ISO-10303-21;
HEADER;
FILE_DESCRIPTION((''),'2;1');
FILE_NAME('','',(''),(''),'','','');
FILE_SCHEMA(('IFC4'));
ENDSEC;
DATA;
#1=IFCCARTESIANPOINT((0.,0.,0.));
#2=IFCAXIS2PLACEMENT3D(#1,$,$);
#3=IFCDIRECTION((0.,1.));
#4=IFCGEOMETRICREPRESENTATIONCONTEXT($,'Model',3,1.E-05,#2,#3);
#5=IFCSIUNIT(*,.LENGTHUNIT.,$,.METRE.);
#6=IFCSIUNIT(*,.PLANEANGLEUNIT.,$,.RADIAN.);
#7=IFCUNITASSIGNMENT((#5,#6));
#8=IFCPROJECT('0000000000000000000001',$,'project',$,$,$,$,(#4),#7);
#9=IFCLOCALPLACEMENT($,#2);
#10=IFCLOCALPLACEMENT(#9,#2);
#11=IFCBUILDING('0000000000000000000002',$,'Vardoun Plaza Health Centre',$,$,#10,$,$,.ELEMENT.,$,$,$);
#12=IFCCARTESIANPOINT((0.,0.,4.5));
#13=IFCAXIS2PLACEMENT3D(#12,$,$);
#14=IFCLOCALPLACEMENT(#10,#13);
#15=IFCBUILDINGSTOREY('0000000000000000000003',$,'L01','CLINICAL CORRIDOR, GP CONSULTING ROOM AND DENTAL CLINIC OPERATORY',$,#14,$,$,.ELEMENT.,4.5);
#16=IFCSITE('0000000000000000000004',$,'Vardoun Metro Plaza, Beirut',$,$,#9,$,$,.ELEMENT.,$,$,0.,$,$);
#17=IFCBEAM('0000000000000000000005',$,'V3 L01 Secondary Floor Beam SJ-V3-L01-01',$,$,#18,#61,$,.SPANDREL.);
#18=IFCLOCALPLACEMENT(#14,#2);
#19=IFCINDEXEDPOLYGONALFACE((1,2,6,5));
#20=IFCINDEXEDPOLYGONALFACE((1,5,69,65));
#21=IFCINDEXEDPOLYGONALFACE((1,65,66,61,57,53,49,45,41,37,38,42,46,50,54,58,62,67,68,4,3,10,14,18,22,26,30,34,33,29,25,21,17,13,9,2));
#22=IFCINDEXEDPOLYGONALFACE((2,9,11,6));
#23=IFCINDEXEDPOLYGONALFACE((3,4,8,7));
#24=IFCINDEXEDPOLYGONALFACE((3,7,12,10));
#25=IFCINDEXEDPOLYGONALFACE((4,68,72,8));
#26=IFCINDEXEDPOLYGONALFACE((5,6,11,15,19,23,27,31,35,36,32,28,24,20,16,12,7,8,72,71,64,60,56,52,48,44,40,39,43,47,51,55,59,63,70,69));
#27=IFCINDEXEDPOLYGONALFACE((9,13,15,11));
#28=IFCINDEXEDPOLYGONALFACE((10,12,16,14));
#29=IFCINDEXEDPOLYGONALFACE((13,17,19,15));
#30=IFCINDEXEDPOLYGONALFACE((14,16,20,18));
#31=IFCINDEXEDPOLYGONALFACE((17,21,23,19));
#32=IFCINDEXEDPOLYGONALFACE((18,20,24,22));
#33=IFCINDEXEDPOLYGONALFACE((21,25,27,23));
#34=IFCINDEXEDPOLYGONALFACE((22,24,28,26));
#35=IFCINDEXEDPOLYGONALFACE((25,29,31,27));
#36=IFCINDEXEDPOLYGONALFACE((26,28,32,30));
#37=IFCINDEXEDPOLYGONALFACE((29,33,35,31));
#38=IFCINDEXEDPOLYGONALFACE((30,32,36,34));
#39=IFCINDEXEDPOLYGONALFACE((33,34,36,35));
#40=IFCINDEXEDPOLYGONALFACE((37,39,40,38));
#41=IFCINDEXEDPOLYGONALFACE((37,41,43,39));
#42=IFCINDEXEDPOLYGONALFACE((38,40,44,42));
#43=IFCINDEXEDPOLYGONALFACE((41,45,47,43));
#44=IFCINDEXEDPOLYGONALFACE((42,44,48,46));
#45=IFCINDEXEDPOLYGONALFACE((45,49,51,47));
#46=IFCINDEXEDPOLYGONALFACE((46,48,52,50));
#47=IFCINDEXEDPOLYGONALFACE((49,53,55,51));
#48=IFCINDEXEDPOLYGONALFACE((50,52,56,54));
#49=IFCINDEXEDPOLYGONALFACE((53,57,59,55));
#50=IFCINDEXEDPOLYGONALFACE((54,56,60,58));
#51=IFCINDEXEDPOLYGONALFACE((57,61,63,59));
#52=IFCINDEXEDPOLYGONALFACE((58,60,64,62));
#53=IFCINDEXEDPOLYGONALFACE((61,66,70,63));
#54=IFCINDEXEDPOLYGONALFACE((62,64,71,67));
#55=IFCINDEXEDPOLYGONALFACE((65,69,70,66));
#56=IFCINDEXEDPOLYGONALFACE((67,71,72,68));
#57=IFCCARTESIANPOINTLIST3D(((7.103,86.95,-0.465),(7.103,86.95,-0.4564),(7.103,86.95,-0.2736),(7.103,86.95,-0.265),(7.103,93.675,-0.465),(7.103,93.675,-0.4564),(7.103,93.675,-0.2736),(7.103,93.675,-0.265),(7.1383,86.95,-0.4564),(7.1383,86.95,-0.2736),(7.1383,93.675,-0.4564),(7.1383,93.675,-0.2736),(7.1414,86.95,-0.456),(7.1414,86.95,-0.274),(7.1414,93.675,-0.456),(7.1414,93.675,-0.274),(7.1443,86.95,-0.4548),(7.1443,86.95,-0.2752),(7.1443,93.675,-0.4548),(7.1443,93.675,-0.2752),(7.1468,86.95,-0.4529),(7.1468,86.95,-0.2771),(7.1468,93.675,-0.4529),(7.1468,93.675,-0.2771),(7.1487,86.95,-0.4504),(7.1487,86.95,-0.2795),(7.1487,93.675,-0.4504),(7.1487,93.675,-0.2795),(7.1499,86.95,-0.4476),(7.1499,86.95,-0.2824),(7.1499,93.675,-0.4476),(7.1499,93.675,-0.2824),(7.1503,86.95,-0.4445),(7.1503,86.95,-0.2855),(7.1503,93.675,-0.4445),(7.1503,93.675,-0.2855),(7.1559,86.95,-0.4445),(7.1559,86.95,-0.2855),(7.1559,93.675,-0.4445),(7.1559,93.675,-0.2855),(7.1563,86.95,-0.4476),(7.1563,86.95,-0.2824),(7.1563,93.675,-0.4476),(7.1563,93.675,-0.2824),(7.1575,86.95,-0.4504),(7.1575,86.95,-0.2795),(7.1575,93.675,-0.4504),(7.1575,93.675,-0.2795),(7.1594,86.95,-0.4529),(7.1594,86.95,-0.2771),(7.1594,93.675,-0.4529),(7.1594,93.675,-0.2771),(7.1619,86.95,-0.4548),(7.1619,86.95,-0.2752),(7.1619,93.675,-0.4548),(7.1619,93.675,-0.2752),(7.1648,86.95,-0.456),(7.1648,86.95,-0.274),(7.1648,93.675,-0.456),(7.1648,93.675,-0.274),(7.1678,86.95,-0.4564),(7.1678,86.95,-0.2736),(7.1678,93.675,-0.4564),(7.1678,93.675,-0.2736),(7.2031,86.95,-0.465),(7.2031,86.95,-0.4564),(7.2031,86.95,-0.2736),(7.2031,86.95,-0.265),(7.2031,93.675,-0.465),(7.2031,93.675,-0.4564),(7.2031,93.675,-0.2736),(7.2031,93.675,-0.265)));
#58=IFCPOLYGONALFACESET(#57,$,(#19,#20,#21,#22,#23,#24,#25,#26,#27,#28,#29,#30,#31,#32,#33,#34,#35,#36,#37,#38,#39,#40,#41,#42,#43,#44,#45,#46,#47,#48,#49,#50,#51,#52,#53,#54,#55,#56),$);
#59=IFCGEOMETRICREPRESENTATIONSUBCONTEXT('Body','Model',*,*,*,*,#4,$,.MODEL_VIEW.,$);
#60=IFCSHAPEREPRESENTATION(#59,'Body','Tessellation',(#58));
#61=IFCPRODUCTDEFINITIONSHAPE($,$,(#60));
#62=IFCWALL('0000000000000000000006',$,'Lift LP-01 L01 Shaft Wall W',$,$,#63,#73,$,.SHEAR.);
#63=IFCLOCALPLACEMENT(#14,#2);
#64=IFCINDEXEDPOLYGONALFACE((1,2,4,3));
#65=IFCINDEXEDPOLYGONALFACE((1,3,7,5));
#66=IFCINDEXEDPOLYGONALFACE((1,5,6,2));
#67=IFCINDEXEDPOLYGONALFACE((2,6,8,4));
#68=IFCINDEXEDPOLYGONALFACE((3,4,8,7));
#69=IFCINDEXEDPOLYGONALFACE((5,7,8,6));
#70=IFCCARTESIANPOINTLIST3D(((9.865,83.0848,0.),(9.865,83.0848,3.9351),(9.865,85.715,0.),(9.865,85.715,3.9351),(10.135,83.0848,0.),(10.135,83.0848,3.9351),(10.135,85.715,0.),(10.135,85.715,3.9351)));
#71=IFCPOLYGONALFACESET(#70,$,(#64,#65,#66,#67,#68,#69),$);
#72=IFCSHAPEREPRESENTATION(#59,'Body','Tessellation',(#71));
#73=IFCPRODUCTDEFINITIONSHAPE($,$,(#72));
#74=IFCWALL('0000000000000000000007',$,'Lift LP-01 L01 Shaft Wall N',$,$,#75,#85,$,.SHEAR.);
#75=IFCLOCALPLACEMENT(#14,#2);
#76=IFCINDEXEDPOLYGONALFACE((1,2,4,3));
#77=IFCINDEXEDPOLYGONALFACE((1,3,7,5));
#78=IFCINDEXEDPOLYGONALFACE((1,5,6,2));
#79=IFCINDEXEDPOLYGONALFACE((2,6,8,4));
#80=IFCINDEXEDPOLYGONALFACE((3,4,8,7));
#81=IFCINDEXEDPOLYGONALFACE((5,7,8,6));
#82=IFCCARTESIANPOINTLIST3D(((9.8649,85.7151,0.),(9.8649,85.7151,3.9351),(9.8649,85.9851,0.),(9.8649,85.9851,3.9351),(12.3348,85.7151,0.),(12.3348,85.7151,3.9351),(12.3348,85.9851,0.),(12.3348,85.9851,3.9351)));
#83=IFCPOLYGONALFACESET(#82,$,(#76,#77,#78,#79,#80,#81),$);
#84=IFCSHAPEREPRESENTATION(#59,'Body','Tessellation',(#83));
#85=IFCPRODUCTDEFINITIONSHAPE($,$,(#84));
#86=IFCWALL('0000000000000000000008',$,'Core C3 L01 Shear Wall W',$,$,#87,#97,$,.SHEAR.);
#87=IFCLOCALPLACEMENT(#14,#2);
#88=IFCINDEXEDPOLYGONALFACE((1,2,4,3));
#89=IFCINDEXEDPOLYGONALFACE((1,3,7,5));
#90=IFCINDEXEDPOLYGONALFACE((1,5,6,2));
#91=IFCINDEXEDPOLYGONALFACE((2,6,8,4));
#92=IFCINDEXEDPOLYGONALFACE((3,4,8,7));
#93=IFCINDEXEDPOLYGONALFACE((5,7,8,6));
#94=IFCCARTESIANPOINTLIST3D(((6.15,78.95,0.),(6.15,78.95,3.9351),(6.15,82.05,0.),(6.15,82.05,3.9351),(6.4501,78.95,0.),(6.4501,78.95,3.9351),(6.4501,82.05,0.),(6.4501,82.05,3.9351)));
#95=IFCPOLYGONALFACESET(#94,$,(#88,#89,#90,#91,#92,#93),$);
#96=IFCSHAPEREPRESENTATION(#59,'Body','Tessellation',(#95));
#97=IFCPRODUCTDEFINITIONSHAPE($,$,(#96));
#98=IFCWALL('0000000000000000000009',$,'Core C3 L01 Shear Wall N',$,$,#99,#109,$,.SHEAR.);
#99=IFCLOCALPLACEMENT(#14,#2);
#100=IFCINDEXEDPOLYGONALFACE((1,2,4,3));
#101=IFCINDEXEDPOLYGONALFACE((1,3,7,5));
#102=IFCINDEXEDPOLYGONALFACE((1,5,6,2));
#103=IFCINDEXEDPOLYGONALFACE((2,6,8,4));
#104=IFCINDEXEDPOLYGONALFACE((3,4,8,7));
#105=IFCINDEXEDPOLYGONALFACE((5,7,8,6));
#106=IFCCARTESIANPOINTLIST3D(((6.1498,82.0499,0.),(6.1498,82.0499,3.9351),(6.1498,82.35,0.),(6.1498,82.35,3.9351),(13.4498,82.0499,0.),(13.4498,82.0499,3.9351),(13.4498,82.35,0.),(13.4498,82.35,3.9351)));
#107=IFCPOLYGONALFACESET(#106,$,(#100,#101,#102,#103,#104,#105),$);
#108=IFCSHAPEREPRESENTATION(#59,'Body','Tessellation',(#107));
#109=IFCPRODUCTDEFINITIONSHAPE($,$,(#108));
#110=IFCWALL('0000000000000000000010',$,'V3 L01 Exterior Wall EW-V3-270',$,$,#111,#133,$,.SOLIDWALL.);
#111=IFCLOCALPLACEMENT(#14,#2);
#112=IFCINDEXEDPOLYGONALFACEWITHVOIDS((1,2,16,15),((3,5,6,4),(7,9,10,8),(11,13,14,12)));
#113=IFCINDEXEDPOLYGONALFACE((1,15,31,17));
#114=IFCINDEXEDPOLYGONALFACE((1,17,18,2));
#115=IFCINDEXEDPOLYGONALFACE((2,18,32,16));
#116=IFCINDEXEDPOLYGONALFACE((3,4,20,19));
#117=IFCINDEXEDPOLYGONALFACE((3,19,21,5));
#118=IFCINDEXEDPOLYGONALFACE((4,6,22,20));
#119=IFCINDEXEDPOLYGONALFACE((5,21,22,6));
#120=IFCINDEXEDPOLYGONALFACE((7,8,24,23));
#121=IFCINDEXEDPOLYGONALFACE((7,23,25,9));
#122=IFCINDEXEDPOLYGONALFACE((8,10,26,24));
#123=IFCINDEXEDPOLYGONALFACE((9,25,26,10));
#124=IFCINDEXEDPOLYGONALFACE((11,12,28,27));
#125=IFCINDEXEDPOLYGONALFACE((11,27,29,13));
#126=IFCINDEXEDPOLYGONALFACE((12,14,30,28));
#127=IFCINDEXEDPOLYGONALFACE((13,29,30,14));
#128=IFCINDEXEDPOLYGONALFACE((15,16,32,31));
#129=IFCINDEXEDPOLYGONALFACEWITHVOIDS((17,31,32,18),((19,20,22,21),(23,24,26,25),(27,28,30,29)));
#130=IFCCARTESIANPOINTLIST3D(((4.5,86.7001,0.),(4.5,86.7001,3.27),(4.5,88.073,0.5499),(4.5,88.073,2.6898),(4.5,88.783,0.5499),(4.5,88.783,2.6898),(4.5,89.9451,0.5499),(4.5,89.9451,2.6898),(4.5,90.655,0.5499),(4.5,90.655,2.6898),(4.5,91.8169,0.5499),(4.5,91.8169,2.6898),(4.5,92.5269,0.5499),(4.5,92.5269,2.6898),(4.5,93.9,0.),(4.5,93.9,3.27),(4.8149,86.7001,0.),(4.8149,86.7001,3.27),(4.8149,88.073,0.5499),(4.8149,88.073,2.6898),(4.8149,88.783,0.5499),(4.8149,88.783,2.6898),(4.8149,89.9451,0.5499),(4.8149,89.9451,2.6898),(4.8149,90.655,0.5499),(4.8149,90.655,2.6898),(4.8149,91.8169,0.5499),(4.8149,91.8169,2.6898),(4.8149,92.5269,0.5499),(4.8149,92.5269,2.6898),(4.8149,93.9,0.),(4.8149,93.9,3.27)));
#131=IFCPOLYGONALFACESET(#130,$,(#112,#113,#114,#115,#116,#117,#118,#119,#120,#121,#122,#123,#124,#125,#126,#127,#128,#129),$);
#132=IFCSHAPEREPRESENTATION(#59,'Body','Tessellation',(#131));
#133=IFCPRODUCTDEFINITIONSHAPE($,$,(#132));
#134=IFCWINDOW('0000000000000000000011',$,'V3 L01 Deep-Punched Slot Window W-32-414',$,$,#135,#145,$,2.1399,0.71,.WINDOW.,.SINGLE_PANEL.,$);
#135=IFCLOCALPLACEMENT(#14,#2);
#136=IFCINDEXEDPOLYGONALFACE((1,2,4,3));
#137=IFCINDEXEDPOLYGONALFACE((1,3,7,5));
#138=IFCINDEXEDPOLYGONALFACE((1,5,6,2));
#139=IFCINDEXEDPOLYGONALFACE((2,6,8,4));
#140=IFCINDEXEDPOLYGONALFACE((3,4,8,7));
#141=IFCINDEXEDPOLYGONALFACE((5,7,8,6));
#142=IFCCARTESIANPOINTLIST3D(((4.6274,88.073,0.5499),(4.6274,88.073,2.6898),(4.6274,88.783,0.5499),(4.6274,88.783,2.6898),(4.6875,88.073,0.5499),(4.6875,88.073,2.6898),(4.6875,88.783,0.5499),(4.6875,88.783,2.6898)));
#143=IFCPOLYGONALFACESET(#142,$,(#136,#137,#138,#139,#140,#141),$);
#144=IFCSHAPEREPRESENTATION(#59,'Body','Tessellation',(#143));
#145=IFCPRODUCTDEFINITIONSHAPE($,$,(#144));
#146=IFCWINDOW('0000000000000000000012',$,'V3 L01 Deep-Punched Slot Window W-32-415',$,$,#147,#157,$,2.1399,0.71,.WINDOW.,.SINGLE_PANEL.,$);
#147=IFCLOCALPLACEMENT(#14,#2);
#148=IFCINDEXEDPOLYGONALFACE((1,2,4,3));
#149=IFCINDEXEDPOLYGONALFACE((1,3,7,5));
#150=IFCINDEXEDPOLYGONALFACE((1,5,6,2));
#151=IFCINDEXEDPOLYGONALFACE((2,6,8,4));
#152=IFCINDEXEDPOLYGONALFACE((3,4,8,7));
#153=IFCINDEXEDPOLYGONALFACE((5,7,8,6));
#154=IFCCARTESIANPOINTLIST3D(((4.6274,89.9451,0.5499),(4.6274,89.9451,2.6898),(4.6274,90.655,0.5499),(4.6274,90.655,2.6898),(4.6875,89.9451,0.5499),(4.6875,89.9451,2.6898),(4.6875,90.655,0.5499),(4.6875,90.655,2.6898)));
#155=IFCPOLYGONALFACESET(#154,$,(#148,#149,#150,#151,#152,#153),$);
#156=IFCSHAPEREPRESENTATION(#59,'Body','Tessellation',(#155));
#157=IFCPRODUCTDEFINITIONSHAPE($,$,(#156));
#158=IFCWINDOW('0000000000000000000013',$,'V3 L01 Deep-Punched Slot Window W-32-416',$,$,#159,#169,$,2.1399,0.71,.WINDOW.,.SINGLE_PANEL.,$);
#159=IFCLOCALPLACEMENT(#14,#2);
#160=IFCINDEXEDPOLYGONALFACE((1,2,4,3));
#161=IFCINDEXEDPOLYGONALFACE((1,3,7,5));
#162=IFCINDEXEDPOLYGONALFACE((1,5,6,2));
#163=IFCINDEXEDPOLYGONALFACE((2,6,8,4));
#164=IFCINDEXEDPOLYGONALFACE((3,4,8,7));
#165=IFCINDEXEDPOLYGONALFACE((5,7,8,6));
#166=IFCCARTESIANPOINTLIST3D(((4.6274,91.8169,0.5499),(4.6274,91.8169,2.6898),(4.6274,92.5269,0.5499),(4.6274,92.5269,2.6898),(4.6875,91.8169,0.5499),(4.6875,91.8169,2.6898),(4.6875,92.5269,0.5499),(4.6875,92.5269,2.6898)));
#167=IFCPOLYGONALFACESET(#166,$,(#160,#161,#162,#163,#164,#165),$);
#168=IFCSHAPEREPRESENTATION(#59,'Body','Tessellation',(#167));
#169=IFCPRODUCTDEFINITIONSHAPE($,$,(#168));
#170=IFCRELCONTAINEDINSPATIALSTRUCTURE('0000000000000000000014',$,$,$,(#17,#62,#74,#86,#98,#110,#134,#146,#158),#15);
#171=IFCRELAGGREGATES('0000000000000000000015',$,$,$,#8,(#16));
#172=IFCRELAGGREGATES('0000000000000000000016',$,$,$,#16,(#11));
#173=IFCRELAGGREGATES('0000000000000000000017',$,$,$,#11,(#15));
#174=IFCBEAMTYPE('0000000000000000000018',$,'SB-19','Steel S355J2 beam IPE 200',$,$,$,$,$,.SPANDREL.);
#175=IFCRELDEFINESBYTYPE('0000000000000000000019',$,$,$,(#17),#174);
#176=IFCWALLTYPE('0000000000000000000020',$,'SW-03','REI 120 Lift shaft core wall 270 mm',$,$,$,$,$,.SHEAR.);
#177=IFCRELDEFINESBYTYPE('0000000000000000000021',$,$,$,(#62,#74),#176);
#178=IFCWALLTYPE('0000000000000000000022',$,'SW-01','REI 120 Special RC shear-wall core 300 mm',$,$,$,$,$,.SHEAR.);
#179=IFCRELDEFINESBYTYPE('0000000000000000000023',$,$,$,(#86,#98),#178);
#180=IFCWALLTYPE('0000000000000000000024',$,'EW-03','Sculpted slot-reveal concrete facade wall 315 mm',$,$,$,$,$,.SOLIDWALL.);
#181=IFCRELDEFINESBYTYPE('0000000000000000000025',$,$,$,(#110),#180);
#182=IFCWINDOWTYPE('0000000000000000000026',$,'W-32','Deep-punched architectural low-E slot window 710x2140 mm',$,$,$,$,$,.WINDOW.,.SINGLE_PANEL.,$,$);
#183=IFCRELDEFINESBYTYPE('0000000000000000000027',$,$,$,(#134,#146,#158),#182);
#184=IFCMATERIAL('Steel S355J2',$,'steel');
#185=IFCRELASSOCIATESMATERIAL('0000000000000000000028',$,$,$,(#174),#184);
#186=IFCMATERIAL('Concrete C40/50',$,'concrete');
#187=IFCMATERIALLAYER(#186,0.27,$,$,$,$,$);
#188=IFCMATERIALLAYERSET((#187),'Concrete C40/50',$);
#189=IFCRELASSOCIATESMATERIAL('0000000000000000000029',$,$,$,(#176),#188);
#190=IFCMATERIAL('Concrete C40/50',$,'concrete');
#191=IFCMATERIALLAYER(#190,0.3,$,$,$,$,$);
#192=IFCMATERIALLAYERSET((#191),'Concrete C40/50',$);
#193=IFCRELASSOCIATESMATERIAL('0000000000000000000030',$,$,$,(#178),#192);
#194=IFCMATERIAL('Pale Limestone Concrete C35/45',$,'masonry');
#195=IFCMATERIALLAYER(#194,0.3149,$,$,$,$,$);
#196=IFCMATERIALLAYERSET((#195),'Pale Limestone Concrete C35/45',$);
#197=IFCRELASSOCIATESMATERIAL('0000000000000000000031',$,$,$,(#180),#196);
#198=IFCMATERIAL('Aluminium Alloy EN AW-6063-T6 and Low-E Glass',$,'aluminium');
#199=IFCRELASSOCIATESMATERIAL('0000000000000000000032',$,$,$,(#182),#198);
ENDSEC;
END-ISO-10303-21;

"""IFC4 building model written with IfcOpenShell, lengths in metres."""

from ifc_helpers import new_model, si_unit, direction, frame, frame_2d, origin, origin_2d, place, context, subcontext, project, spatial, rectangle, i_section, extrude, material, layer, layer_set, material_profile, profile_set, type_object, element, fill, save


model = new_model("IFC4")

# Units and contexts
model_context = context("Model", 3, precision=1e-05, world=origin(), true_north=direction((0.0, 1.0)))
body_context = subcontext(model_context, "Body", "Model", "MODEL_VIEW")
ifc_project = project(units=[si_unit("LENGTHUNIT", "METRE"), si_unit("PLANEANGLEUNIT", "RADIAN")], contexts=[model_context])

# Site, building, storey
site_placement = place(None, origin())
site = spatial("IfcSite", under=ifc_project, at=site_placement, Name="Vardoun Metro Plaza, Beirut", CompositionType="ELEMENT", RefElevation=0.0)
building_placement = place(site_placement, origin())
building = spatial("IfcBuilding", under=site, at=building_placement, Name="Vardoun Plaza Health Centre", CompositionType="ELEMENT")
storey_placement = place(building_placement, frame((0.0, 0.0, 4.5)))
storey = spatial("IfcBuildingStorey", under=building, at=storey_placement, Name="L01", Description="CLINICAL CORRIDOR, GP CONSULTING ROOM AND DENTAL CLINIC OPERATORY", CompositionType="ELEMENT", Elevation=4.5)

# Beam
ifc_material_1 = material(Name="Steel S355J2", Category="steel")
ifc_material_profile_1 = material_profile(ifc_material_1, i_section(OverallWidth=0.1001, OverallDepth=0.2, WebThickness=0.0056, FlangeThickness=0.0085, FilletRadius=0.012, at=origin_2d()), Name="IPE 200")
ifc_profile_set_1 = profile_set([ifc_material_profile_1], Name="Steel S355J2")
beam_type_1 = type_object("IfcBeamType", Name="SB-19", Description="Steel S355J2 beam IPE 200", PredefinedType="SPANDREL", material=ifc_profile_set_1)
beam_1_placement = place(storey_placement, frame((7.1531, 86.95, -0.365), z_axis=(0.0, 1.0, 0.0), x_axis=(-1.0, 0.0, 0.0)))
element("IfcBeam", 1, at=beam_1_placement, inside=storey, type_object=beam_type_1, Name="V3 L01 Secondary Floor Beam SJ-V3-L01-01", PredefinedType="SPANDREL", context=body_context, shape_type="SweptSolid", body=[
    extrude(i_section(OverallWidth=0.1001, OverallDepth=0.2, WebThickness=0.0056, FlangeThickness=0.0085, FilletRadius=0.012, at=origin_2d()), origin(), (0.0, 0.0, 1.0), 6.7251),
])

# Walls
ifc_material_2 = material(Name="Concrete C40/50", Category="concrete")
ifc_layer_1 = layer(ifc_material_2, 0.27)
ifc_layer_set_1 = layer_set([ifc_layer_1], Name="Concrete C40/50")
wall_type_1 = type_object("IfcWallType", Name="SW-03", Description="REI 120 Lift shaft core wall 270 mm", PredefinedType="SHEAR", material=ifc_layer_set_1)
wall_1_placement = place(storey_placement, frame((10.0, 83.085, 0.0), z_axis=(0.0, 0.0, 1.0), x_axis=(0.0, 1.0, 0.0)))
element("IfcWall", 2, at=wall_1_placement, inside=storey, type_object=wall_type_1, Name="Lift LP-01 L01 Shaft Wall W", PredefinedType="SHEAR", context=body_context, shape_type="SweptSolid", body=[
    extrude(rectangle(XDim=2.6301, YDim=0.27, at=frame_2d((1.3149, 0.0))), origin(), (0.0, 0.0, 1.0), 3.9351),
])
wall_2_placement = place(storey_placement, frame((9.865, 85.8501, 0.0), z_axis=(0.0, 0.0, 1.0), x_axis=(1.0, 0.0, 0.0)))
element("IfcWall", 3, at=wall_2_placement, inside=storey, type_object=wall_type_1, Name="Lift LP-01 L01 Shaft Wall N", PredefinedType="SHEAR", context=body_context, shape_type="SweptSolid", body=[
    extrude(rectangle(XDim=2.47, YDim=0.27, at=frame_2d((1.2349, 0.0))), origin(), (0.0, 0.0, 1.0), 3.9351),
])
ifc_material_3 = material(Name="Concrete C40/50", Category="concrete")
ifc_layer_2 = layer(ifc_material_3, 0.3)
ifc_layer_set_2 = layer_set([ifc_layer_2], Name="Concrete C40/50")
wall_type_2 = type_object("IfcWallType", Name="SW-01", Description="REI 120 Special RC shear-wall core 300 mm", PredefinedType="SHEAR", material=ifc_layer_set_2)
wall_3_placement = place(storey_placement, frame((6.3, 78.95, 0.0), z_axis=(0.0, 0.0, 1.0), x_axis=(0.0, 1.0, 0.0)))
element("IfcWall", 4, at=wall_3_placement, inside=storey, type_object=wall_type_2, Name="Core C3 L01 Shear Wall W", PredefinedType="SHEAR", context=body_context, shape_type="SweptSolid", body=[
    extrude(rectangle(XDim=3.1001, YDim=0.3, at=frame_2d((1.55, 0.0))), origin(), (0.0, 0.0, 1.0), 3.9351),
])
wall_4_placement = place(storey_placement, frame((6.1499, 82.2, 0.0), z_axis=(0.0, 0.0, 1.0), x_axis=(1.0, 0.0, 0.0)))
element("IfcWall", 5, at=wall_4_placement, inside=storey, type_object=wall_type_2, Name="Core C3 L01 Shear Wall N", PredefinedType="SHEAR", context=body_context, shape_type="SweptSolid", body=[
    extrude(rectangle(XDim=7.3, YDim=0.3, at=frame_2d((3.6499, 0.0))), origin(), (0.0, 0.0, 1.0), 3.9351),
])

# Wall, openings, windows
ifc_material_4 = material(Name="Pale Limestone Concrete C35/45", Category="masonry")
ifc_layer_3 = layer(ifc_material_4, 0.3149)
ifc_layer_set_3 = layer_set([ifc_layer_3], Name="Pale Limestone Concrete C35/45")
wall_type_3 = type_object("IfcWallType", Name="EW-03", Description="Sculpted slot-reveal concrete facade wall 315 mm", PredefinedType="SOLIDWALL", material=ifc_layer_set_3)
wall_5_placement = place(storey_placement, frame((4.6575, 86.7, 0.0), z_axis=(0.0, 0.0, 1.0), x_axis=(0.0, 1.0, 0.0)))
wall_5 = element("IfcWall", 6, at=wall_5_placement, inside=storey, type_object=wall_type_3, Name="V3 L01 Exterior Wall EW-V3-270", PredefinedType="SOLIDWALL", context=body_context, shape_type="SweptSolid", body=[
    extrude(rectangle(XDim=7.2, YDim=0.3149, at=frame_2d((3.6001, 0.0))), origin(), (0.0, 0.0, 1.0), 3.27),
])
opening_1_placement = place(wall_5_placement, frame((1.373, 0.0, 0.55)))
opening_1 = element("IfcOpeningElement", 7, at=opening_1_placement, cuts=wall_5, PredefinedType="OPENING", context=body_context, shape_type="SweptSolid", body=[
    extrude(rectangle(XDim=0.71, YDim=2.1399, at=frame_2d((0.355, 1.0698))), frame((0.0, 0.1575, 0.0), z_axis=(0.0, -1.0, 0.0), x_axis=(1.0, 0.0, 0.0)), (0.0, 0.0, 1.0), 0.3149),
])
opening_2_placement = place(wall_5_placement, frame((3.2451, 0.0, 0.55)))
opening_2 = element("IfcOpeningElement", 8, at=opening_2_placement, cuts=wall_5, PredefinedType="OPENING", context=body_context, shape_type="SweptSolid", body=[
    extrude(rectangle(XDim=0.71, YDim=2.1399, at=frame_2d((0.355, 1.0698))), frame((0.0, 0.1575, 0.0), z_axis=(0.0, -1.0, 0.0), x_axis=(1.0, 0.0, 0.0)), (0.0, 0.0, 1.0), 0.3149),
])
opening_3_placement = place(wall_5_placement, frame((5.1169, 0.0, 0.55)))
opening_3 = element("IfcOpeningElement", 9, at=opening_3_placement, cuts=wall_5, PredefinedType="OPENING", context=body_context, shape_type="SweptSolid", body=[
    extrude(rectangle(XDim=0.71, YDim=2.1399, at=frame_2d((0.355, 1.0698))), frame((0.0, 0.1575, 0.0), z_axis=(0.0, -1.0, 0.0), x_axis=(1.0, 0.0, 0.0)), (0.0, 0.0, 1.0), 0.3149),
])
ifc_material_5 = material(Name="Aluminium Alloy EN AW-6063-T6 and Low-E Glass", Category="aluminium")
window_type = type_object("IfcWindowType", Name="W-32", Description="Deep-punched architectural low-E slot window 710x2140 mm", PartitioningType="SINGLE_PANEL", PredefinedType="WINDOW", material=ifc_material_5)
window_1_placement = place(opening_1_placement, origin())
window_1 = element("IfcWindow", 10, at=window_1_placement, inside=storey, type_object=window_type, Name="V3 L01 Deep-Punched Slot Window W-32-414", OverallHeight=2.1399, OverallWidth=0.71, PartitioningType="SINGLE_PANEL", PredefinedType="WINDOW", context=body_context, shape_type="SweptSolid", body=[
    extrude(rectangle(XDim=0.71, YDim=2.1399, at=frame_2d((0.355, 1.0698))), frame((0.0, 0.03, 0.0), z_axis=(0.0, -1.0, 0.0), x_axis=(1.0, 0.0, 0.0)), (0.0, 0.0, 1.0), 0.0601),
])
fill(opening_1, window_1)
window_2_placement = place(opening_2_placement, origin())
window_2 = element("IfcWindow", 11, at=window_2_placement, inside=storey, type_object=window_type, Name="V3 L01 Deep-Punched Slot Window W-32-415", OverallHeight=2.1399, OverallWidth=0.71, PartitioningType="SINGLE_PANEL", PredefinedType="WINDOW", context=body_context, shape_type="SweptSolid", body=[
    extrude(rectangle(XDim=0.71, YDim=2.1399, at=frame_2d((0.355, 1.0698))), frame((0.0, 0.03, 0.0), z_axis=(0.0, -1.0, 0.0), x_axis=(1.0, 0.0, 0.0)), (0.0, 0.0, 1.0), 0.0601),
])
fill(opening_2, window_2)
window_3_placement = place(opening_3_placement, origin())
window_3 = element("IfcWindow", 12, at=window_3_placement, inside=storey, type_object=window_type, Name="V3 L01 Deep-Punched Slot Window W-32-416", OverallHeight=2.1399, OverallWidth=0.71, PartitioningType="SINGLE_PANEL", PredefinedType="WINDOW", context=body_context, shape_type="SweptSolid", body=[
    extrude(rectangle(XDim=0.71, YDim=2.1399, at=frame_2d((0.355, 1.0698))), frame((0.0, 0.03, 0.0), z_axis=(0.0, -1.0, 0.0), x_axis=(1.0, 0.0, 0.0)), (0.0, 0.0, 1.0), 0.0601),
])
fill(opening_3, window_3)

save(model, "model.ifc")
